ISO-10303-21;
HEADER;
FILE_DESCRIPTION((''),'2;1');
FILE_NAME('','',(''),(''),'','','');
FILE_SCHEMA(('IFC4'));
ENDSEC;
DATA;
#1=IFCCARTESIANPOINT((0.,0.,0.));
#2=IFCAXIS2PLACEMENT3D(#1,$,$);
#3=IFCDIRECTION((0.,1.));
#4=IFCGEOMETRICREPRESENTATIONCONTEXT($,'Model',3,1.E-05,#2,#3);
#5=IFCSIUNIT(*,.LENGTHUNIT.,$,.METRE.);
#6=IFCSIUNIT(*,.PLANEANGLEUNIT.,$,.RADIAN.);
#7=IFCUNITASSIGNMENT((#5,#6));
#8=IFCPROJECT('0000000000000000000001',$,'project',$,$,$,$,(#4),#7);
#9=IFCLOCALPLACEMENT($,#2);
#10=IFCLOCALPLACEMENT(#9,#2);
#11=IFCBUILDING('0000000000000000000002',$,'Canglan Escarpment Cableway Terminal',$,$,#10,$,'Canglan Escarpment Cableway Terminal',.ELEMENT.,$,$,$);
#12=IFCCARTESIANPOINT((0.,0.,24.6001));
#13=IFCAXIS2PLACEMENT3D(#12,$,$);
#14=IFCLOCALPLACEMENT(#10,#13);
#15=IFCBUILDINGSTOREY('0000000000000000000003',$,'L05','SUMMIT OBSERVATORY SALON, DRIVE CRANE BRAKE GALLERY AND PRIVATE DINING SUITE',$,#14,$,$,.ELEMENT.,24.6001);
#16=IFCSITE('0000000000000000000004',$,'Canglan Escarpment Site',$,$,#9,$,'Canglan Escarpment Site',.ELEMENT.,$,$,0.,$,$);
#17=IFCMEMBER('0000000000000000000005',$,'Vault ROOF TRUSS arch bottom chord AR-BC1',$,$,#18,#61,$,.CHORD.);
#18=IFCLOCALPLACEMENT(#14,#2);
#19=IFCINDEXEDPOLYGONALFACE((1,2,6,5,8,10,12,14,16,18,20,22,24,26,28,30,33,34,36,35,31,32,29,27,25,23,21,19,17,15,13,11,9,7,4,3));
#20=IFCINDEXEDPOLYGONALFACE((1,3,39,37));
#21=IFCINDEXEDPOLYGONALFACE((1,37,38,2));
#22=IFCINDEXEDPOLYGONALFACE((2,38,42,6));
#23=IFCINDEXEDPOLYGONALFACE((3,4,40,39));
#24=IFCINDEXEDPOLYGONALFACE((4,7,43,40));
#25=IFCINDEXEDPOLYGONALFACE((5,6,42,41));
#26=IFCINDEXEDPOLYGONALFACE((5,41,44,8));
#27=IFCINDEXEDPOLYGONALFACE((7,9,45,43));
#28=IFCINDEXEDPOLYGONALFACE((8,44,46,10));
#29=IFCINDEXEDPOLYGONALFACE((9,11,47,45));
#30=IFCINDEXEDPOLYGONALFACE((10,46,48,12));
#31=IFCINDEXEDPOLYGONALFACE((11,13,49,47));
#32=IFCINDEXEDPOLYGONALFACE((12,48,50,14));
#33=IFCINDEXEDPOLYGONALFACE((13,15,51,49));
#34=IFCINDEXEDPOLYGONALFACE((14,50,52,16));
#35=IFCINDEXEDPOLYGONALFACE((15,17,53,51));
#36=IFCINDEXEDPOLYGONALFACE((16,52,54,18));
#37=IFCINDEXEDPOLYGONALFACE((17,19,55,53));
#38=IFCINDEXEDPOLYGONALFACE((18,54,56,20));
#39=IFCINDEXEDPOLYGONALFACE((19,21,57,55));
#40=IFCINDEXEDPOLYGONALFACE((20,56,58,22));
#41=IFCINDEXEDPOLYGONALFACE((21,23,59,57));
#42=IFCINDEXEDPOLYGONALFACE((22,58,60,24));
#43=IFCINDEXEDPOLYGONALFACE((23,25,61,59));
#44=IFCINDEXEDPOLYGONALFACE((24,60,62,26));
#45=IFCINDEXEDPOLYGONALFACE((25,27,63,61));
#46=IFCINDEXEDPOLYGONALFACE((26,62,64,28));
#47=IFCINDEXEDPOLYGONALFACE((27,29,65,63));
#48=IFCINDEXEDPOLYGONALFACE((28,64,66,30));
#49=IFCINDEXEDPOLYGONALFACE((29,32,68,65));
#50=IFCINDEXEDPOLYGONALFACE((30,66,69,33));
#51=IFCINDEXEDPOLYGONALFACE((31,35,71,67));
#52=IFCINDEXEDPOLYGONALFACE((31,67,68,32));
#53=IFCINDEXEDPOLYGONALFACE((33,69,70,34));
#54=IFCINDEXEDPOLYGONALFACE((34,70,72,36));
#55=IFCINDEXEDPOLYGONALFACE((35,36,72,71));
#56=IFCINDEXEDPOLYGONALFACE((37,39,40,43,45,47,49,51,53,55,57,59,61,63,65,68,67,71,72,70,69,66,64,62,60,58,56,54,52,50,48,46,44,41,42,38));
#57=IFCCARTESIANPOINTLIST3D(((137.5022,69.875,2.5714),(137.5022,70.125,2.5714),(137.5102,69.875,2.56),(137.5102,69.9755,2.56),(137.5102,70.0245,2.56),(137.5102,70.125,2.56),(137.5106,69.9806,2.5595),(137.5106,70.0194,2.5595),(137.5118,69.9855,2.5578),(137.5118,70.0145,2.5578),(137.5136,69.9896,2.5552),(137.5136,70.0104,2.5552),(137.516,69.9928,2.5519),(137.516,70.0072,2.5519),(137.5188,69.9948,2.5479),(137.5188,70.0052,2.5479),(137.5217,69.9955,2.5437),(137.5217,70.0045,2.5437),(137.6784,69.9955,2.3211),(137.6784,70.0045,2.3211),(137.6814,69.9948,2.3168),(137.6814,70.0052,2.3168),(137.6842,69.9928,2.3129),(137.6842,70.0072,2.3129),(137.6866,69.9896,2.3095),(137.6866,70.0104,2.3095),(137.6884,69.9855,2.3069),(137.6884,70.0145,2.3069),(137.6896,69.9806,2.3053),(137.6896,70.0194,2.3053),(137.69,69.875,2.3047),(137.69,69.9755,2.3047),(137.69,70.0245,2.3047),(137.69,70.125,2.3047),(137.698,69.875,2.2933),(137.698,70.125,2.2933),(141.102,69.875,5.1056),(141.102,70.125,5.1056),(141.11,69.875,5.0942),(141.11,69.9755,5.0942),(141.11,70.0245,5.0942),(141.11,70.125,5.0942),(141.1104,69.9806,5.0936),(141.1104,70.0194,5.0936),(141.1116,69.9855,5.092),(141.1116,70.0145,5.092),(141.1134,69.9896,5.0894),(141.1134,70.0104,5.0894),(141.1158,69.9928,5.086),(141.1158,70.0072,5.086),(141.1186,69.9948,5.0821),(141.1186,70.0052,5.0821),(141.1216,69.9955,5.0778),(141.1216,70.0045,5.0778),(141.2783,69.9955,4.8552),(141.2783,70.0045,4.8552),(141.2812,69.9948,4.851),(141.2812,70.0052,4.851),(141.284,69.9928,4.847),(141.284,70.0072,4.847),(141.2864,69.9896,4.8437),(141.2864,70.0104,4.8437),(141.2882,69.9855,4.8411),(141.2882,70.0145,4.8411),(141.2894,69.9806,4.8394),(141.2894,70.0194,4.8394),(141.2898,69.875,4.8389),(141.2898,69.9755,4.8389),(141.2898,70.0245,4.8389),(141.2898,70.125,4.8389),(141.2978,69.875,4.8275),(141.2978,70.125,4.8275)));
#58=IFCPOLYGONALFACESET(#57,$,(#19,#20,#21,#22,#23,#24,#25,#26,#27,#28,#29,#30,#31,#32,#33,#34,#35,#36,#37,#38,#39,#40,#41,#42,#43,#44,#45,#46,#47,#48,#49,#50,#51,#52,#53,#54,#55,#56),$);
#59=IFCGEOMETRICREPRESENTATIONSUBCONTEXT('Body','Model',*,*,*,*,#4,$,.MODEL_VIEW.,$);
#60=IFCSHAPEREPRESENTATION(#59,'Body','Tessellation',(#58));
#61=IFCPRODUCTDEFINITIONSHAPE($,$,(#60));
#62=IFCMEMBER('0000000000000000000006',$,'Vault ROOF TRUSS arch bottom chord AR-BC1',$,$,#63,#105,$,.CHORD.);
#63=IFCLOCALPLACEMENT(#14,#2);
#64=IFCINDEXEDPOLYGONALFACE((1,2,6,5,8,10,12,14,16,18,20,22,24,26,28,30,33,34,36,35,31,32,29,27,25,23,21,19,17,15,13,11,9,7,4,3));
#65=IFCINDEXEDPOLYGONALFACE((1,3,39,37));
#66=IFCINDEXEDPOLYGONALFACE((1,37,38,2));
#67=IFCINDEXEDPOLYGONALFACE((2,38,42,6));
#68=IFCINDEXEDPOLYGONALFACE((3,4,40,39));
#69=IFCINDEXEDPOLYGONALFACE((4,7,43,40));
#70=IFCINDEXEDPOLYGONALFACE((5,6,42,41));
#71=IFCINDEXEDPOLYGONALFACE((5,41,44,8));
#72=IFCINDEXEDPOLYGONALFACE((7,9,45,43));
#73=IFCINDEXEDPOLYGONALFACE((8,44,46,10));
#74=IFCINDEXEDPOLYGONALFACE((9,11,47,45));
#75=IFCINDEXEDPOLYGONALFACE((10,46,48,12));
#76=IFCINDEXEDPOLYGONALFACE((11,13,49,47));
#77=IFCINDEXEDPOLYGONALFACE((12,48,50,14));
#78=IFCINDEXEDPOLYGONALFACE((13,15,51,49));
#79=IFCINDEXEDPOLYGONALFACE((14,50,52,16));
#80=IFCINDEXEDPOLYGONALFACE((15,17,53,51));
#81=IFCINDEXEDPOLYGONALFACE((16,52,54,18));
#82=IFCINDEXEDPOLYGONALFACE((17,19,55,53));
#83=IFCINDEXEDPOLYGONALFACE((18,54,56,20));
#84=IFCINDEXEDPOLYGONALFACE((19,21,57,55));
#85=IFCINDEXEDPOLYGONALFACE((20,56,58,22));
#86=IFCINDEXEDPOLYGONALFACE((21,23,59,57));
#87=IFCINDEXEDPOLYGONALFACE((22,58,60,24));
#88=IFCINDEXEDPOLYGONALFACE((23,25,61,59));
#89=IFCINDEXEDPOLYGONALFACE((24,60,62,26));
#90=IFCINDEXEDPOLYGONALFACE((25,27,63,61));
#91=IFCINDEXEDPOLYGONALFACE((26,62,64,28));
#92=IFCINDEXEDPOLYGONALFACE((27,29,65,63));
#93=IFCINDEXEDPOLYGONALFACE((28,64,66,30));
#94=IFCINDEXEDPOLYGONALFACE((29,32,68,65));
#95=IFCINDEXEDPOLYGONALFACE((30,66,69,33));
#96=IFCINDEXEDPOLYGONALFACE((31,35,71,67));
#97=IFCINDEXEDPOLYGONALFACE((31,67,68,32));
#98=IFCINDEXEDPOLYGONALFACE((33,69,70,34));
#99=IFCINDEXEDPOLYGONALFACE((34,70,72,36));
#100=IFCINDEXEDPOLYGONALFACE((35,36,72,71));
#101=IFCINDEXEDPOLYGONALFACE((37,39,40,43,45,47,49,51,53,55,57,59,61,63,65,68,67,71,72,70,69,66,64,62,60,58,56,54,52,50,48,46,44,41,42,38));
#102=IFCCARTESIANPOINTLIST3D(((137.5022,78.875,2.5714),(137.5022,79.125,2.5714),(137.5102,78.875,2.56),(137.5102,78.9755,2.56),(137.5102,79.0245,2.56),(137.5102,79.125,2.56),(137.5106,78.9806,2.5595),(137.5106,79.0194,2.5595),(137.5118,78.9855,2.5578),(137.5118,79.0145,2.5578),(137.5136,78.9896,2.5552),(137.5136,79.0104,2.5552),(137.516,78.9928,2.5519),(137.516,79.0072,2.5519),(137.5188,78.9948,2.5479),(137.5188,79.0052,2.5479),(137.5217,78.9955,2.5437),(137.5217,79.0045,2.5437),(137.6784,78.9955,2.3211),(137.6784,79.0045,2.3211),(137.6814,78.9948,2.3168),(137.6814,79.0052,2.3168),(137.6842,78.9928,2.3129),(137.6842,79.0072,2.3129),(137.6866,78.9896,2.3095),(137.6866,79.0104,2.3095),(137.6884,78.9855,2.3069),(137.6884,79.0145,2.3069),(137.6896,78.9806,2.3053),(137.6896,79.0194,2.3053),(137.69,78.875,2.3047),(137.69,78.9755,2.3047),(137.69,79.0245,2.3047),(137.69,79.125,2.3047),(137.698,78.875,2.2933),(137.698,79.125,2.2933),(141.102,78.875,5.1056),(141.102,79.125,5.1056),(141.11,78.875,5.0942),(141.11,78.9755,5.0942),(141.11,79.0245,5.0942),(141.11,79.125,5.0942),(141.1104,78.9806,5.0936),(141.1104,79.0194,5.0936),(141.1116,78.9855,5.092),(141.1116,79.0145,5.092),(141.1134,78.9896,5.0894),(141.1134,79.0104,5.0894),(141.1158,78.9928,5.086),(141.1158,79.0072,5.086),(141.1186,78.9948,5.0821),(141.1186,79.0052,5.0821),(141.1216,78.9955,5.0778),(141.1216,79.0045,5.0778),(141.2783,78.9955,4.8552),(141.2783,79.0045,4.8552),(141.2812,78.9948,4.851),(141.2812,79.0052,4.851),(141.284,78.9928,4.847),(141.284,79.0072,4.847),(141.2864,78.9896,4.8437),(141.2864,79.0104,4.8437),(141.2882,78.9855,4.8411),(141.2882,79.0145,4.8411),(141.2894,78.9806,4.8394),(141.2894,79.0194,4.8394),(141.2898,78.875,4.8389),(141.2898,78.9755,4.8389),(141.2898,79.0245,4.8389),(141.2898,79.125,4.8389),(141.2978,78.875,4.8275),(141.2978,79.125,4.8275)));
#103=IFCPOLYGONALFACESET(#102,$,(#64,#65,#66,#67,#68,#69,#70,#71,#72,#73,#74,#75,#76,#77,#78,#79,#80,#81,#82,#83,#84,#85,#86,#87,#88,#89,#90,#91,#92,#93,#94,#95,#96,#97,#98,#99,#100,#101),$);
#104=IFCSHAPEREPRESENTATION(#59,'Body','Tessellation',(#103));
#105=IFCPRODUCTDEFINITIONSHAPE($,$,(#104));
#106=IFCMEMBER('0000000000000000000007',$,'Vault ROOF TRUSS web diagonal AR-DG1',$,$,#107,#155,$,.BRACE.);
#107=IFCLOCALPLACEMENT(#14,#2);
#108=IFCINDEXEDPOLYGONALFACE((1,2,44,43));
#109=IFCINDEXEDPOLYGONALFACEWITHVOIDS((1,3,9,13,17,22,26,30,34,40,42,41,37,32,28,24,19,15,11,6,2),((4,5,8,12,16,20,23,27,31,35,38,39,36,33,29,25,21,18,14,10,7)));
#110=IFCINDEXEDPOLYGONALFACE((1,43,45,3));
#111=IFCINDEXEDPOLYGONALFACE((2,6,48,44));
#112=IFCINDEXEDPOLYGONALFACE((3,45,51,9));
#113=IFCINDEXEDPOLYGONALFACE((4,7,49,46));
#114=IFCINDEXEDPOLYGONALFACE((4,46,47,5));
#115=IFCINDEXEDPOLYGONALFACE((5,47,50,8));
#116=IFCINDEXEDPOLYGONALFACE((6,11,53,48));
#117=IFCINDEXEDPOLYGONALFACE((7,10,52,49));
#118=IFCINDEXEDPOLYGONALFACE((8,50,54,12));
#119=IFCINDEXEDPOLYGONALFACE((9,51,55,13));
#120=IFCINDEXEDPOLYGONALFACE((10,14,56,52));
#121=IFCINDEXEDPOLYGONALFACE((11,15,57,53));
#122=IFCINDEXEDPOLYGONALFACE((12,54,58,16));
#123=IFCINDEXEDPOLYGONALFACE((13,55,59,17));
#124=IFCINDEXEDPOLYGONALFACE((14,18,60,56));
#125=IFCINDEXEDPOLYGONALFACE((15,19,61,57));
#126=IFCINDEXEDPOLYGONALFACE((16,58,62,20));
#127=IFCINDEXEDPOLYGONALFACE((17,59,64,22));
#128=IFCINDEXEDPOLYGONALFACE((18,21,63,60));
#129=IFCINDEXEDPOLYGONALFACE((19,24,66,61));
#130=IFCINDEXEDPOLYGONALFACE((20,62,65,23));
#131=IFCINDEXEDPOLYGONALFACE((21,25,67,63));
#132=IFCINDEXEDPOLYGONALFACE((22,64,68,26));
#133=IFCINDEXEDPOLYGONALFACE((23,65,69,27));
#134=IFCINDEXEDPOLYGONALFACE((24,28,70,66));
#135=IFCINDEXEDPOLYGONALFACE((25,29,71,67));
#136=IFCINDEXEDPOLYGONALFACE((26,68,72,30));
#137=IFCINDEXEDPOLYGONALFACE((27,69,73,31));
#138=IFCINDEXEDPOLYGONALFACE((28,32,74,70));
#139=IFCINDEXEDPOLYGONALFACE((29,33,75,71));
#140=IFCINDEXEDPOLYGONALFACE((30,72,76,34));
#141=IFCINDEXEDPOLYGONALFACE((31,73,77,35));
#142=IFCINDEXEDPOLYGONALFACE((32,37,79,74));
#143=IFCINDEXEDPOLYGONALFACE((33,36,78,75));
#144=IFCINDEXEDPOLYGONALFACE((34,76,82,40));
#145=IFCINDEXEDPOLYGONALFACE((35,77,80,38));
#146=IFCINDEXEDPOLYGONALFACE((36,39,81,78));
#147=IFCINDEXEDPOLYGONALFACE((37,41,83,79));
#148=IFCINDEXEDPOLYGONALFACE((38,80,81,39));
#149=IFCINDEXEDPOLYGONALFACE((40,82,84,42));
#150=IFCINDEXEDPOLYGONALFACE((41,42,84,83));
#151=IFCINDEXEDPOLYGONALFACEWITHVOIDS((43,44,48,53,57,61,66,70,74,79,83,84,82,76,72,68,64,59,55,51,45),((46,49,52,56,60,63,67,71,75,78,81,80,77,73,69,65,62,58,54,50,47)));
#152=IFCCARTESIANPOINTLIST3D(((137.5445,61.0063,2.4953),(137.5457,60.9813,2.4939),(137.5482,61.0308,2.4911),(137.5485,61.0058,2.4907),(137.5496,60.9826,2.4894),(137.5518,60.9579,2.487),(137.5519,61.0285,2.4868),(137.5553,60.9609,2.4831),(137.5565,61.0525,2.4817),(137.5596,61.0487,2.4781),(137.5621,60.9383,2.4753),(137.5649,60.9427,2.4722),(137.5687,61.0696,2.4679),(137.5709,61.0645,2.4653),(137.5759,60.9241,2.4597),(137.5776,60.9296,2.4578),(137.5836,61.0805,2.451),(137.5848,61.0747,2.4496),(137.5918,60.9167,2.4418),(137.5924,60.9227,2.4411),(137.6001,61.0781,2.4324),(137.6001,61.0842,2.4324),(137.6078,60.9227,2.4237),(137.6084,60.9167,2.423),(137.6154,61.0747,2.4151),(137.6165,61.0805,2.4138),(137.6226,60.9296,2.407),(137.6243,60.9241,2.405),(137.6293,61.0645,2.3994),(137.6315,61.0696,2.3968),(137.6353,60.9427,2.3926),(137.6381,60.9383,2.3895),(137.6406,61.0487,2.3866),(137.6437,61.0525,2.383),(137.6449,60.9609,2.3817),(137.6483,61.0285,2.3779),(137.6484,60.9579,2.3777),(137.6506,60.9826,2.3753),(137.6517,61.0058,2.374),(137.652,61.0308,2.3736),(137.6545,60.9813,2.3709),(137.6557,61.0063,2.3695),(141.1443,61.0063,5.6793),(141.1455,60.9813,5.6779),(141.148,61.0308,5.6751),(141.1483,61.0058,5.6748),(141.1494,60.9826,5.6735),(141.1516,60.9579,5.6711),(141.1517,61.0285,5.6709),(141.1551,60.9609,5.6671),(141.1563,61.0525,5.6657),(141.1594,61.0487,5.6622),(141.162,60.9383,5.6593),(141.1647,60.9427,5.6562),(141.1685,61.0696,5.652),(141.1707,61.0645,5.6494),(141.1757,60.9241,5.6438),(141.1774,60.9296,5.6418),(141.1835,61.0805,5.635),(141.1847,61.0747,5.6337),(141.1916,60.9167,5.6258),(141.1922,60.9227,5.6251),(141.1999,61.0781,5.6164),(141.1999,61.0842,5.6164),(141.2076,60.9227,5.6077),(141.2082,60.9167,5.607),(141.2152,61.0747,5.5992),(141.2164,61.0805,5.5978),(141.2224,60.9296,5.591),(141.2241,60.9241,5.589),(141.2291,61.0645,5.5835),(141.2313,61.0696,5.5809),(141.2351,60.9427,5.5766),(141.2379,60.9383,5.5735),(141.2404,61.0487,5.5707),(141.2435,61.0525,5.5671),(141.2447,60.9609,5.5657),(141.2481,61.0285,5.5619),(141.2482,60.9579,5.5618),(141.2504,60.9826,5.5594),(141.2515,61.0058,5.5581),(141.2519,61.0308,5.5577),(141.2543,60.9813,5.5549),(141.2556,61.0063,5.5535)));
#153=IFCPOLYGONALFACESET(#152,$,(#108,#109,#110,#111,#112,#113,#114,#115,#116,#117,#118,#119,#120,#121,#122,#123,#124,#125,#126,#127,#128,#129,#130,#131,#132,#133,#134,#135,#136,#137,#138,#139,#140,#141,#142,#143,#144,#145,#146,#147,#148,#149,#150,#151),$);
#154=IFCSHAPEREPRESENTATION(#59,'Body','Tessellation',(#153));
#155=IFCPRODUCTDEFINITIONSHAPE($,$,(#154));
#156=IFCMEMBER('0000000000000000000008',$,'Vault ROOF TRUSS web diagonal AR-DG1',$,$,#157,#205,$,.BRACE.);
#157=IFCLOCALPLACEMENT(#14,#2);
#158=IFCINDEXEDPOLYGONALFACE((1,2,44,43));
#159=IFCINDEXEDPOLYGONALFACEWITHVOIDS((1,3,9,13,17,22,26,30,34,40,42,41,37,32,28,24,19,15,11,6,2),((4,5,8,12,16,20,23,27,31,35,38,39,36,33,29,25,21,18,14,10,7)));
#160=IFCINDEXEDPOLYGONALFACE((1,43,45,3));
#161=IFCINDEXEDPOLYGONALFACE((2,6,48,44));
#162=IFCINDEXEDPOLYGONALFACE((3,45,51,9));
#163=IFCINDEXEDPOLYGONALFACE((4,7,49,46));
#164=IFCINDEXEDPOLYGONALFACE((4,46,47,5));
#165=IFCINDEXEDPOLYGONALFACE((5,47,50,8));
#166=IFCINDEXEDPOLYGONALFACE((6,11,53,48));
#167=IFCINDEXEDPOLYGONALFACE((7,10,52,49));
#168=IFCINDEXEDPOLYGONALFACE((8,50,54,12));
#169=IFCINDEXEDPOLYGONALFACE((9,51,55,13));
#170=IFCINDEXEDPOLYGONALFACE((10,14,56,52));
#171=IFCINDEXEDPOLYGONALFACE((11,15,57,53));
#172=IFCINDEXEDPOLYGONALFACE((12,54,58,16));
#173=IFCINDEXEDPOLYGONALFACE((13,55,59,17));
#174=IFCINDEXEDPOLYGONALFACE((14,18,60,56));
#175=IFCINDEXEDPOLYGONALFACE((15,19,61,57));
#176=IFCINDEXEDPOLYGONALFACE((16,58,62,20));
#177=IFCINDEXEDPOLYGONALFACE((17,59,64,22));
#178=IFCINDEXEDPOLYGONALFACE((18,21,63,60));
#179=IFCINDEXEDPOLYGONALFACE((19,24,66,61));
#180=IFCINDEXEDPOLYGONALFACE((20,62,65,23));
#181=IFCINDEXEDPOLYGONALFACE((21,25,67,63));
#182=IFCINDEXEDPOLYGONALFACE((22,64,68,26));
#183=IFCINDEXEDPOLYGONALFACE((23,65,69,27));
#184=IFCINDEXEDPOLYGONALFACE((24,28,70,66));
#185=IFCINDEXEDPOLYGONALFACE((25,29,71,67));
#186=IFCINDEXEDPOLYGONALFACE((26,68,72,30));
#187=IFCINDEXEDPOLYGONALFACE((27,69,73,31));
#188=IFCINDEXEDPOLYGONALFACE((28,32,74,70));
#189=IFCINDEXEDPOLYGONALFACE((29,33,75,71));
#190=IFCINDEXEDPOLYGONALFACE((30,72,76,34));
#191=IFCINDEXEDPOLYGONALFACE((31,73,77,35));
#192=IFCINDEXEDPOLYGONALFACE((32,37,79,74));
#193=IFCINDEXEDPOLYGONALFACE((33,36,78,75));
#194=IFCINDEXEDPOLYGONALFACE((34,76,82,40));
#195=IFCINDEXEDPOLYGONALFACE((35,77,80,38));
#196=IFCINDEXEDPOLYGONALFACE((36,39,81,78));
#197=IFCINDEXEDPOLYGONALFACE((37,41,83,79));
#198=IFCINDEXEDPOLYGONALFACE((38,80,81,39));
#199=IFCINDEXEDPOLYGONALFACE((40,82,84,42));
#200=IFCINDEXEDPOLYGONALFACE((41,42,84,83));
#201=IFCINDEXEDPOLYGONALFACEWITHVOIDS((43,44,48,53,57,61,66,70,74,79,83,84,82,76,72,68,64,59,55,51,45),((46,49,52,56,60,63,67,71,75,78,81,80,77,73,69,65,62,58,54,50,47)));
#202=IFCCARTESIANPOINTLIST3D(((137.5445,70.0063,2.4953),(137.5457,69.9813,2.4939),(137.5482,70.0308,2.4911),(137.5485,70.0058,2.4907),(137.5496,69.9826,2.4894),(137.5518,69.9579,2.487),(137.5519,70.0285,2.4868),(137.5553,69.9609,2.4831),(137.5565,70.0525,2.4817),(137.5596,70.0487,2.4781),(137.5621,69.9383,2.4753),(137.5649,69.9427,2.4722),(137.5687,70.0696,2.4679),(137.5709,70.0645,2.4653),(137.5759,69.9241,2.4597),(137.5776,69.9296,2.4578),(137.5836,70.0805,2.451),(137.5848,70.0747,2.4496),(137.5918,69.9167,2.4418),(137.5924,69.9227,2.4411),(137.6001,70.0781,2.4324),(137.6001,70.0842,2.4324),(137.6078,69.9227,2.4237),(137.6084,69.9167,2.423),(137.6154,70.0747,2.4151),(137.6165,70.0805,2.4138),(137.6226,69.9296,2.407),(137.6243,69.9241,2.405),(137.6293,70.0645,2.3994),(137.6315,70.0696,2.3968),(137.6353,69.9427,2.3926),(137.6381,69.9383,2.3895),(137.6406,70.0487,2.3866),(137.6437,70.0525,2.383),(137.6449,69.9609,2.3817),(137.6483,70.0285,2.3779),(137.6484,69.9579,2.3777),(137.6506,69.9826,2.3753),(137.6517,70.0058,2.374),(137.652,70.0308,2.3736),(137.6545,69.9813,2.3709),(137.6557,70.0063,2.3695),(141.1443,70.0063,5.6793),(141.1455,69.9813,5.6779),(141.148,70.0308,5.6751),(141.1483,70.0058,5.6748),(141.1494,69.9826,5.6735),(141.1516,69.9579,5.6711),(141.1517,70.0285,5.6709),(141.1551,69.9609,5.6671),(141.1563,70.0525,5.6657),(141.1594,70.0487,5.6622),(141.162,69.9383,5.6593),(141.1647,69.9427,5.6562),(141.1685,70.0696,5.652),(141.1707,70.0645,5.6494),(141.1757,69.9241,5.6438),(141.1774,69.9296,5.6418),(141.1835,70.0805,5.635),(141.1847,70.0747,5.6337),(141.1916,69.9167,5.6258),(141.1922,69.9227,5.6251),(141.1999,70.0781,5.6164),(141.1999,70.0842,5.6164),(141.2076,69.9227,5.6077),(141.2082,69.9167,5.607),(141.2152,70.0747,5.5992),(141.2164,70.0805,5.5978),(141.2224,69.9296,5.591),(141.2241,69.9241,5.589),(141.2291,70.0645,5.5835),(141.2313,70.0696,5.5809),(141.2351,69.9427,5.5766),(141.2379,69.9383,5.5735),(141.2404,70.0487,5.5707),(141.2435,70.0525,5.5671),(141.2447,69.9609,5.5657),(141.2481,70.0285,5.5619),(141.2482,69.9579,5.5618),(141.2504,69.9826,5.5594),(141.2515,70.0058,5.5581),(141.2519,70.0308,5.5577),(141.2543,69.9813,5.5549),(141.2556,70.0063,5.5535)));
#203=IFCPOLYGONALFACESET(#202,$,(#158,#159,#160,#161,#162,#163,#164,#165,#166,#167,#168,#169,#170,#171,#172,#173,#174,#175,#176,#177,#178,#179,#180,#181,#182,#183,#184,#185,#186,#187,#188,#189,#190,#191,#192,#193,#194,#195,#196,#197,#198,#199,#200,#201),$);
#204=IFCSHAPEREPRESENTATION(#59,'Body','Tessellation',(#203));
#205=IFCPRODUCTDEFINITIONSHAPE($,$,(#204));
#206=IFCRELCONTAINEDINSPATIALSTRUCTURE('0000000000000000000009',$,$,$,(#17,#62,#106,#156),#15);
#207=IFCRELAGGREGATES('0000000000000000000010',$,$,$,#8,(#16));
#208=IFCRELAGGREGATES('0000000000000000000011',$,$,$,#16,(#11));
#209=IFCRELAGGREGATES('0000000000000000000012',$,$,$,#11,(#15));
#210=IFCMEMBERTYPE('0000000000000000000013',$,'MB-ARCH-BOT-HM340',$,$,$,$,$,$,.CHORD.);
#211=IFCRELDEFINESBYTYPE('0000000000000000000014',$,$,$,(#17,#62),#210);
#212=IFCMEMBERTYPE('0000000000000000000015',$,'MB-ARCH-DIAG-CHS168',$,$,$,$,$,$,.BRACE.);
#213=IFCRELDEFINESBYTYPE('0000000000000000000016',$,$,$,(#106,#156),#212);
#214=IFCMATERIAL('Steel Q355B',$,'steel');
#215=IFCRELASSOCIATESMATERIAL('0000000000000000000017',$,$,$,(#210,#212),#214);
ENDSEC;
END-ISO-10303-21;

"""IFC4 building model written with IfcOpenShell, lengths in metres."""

from ifc_helpers import new_model, si_unit, direction, frame, origin, origin_2d, place, context, subcontext, project, spatial, hollow_circle, i_section, extrude, material, material_profile, profile_set, type_object, element, save


model = new_model("IFC4")

# Units and contexts
model_context = context("Model", 3, precision=1e-05, world=origin(), true_north=direction((0.0, 1.0)))
body_context = subcontext(model_context, "Body", "Model", "MODEL_VIEW")
ifc_project = project(units=[si_unit("LENGTHUNIT", "METRE"), si_unit("PLANEANGLEUNIT", "RADIAN")], contexts=[model_context])

# Site, building, storey
site_placement = place(None, origin())
site = spatial("IfcSite", under=ifc_project, at=site_placement, Name="Canglan Escarpment Site", LongName="Canglan Escarpment Site", CompositionType="ELEMENT", RefElevation=0.0)
building_placement = place(site_placement, origin())
building = spatial("IfcBuilding", under=site, at=building_placement, Name="Canglan Escarpment Cableway Terminal", LongName="Canglan Escarpment Cableway Terminal", CompositionType="ELEMENT")
storey_placement = place(building_placement, frame((0.0, 0.0, 24.6001)))
storey = spatial("IfcBuildingStorey", under=building, at=storey_placement, Name="L05", Description="SUMMIT OBSERVATORY SALON, DRIVE CRANE BRAKE GALLERY AND PRIVATE DINING SUITE", CompositionType="ELEMENT", Elevation=24.6001)

# Shared definitions
ifc_material_1 = material(Name="Steel Q355B", Category="steel")

# Members
ifc_material_profile_1 = material_profile(ifc_material_1, i_section(OverallWidth=0.25, OverallDepth=0.3401, WebThickness=0.009, FlangeThickness=0.0139, FilletRadius=0.02, at=origin_2d()), Name="HM 340x250x9x14")
ifc_profile_set_1 = profile_set([ifc_material_profile_1], Name="Steel Q355B")
member_type_1 = type_object("IfcMemberType", Name="MB-ARCH-BOT-HM340", PredefinedType="CHORD", material=ifc_profile_set_1)
for number, where, z_axis, x_axis, name in (
    (1, (137.6001, 70.0, 2.4324), (0.817705, 0.0, 0.575638), (0.0, 1.0, 0.0), "Vault ROOF TRUSS arch bottom chord AR-BC1"),
    (2, (137.6001, 79.0, 2.4324), (0.817705, 0.0, 0.575638), (0.0, 1.0, 0.0), "Vault ROOF TRUSS arch bottom chord AR-BC1"),
):
    element("IfcMember", number, at=place(storey_placement, frame(where, z_axis=z_axis, x_axis=x_axis)), inside=storey, type_object=member_type_1, Name=name, PredefinedType="CHORD", context=body_context, shape_type="SweptSolid", body=[
        extrude(i_section(OverallWidth=0.25, OverallDepth=0.3401, WebThickness=0.009, FlangeThickness=0.0139, FilletRadius=0.02, at=origin_2d()), origin(), (0.0, 0.0, 1.0), 4.4023),
    ])
ifc_material_profile_2 = material_profile(ifc_material_1, hollow_circle(Radius=0.0842, WallThickness=0.0061, at=origin_2d()), Name="CHS 168.3x6")
ifc_profile_set_2 = profile_set([ifc_material_profile_2], Name="Steel Q355B")
member_type_2 = type_object("IfcMemberType", Name="MB-ARCH-DIAG-CHS168", PredefinedType="BRACE", material=ifc_profile_set_2)
for number, where, z_axis, x_axis, name in (
    (3, (137.6001, 61.0, 2.4324), (0.749038, 0.0, 0.662527), (0.0, 1.0, 0.0), "Vault ROOF TRUSS web diagonal AR-DG1"),
    (4, (137.6001, 70.0, 2.4324), (0.749038, 0.0, 0.662527), (0.0, 1.0, 0.0), "Vault ROOF TRUSS web diagonal AR-DG1"),
):
    element("IfcMember", number, at=place(storey_placement, frame(where, z_axis=z_axis, x_axis=x_axis)), inside=storey, type_object=member_type_2, Name=name, PredefinedType="BRACE", context=body_context, shape_type="SweptSolid", body=[
        extrude(hollow_circle(Radius=0.0842, WallThickness=0.0061, at=origin_2d()), origin(), (0.0, 0.0, 1.0), 4.8059),
    ])

save(model, "model.ifc")
